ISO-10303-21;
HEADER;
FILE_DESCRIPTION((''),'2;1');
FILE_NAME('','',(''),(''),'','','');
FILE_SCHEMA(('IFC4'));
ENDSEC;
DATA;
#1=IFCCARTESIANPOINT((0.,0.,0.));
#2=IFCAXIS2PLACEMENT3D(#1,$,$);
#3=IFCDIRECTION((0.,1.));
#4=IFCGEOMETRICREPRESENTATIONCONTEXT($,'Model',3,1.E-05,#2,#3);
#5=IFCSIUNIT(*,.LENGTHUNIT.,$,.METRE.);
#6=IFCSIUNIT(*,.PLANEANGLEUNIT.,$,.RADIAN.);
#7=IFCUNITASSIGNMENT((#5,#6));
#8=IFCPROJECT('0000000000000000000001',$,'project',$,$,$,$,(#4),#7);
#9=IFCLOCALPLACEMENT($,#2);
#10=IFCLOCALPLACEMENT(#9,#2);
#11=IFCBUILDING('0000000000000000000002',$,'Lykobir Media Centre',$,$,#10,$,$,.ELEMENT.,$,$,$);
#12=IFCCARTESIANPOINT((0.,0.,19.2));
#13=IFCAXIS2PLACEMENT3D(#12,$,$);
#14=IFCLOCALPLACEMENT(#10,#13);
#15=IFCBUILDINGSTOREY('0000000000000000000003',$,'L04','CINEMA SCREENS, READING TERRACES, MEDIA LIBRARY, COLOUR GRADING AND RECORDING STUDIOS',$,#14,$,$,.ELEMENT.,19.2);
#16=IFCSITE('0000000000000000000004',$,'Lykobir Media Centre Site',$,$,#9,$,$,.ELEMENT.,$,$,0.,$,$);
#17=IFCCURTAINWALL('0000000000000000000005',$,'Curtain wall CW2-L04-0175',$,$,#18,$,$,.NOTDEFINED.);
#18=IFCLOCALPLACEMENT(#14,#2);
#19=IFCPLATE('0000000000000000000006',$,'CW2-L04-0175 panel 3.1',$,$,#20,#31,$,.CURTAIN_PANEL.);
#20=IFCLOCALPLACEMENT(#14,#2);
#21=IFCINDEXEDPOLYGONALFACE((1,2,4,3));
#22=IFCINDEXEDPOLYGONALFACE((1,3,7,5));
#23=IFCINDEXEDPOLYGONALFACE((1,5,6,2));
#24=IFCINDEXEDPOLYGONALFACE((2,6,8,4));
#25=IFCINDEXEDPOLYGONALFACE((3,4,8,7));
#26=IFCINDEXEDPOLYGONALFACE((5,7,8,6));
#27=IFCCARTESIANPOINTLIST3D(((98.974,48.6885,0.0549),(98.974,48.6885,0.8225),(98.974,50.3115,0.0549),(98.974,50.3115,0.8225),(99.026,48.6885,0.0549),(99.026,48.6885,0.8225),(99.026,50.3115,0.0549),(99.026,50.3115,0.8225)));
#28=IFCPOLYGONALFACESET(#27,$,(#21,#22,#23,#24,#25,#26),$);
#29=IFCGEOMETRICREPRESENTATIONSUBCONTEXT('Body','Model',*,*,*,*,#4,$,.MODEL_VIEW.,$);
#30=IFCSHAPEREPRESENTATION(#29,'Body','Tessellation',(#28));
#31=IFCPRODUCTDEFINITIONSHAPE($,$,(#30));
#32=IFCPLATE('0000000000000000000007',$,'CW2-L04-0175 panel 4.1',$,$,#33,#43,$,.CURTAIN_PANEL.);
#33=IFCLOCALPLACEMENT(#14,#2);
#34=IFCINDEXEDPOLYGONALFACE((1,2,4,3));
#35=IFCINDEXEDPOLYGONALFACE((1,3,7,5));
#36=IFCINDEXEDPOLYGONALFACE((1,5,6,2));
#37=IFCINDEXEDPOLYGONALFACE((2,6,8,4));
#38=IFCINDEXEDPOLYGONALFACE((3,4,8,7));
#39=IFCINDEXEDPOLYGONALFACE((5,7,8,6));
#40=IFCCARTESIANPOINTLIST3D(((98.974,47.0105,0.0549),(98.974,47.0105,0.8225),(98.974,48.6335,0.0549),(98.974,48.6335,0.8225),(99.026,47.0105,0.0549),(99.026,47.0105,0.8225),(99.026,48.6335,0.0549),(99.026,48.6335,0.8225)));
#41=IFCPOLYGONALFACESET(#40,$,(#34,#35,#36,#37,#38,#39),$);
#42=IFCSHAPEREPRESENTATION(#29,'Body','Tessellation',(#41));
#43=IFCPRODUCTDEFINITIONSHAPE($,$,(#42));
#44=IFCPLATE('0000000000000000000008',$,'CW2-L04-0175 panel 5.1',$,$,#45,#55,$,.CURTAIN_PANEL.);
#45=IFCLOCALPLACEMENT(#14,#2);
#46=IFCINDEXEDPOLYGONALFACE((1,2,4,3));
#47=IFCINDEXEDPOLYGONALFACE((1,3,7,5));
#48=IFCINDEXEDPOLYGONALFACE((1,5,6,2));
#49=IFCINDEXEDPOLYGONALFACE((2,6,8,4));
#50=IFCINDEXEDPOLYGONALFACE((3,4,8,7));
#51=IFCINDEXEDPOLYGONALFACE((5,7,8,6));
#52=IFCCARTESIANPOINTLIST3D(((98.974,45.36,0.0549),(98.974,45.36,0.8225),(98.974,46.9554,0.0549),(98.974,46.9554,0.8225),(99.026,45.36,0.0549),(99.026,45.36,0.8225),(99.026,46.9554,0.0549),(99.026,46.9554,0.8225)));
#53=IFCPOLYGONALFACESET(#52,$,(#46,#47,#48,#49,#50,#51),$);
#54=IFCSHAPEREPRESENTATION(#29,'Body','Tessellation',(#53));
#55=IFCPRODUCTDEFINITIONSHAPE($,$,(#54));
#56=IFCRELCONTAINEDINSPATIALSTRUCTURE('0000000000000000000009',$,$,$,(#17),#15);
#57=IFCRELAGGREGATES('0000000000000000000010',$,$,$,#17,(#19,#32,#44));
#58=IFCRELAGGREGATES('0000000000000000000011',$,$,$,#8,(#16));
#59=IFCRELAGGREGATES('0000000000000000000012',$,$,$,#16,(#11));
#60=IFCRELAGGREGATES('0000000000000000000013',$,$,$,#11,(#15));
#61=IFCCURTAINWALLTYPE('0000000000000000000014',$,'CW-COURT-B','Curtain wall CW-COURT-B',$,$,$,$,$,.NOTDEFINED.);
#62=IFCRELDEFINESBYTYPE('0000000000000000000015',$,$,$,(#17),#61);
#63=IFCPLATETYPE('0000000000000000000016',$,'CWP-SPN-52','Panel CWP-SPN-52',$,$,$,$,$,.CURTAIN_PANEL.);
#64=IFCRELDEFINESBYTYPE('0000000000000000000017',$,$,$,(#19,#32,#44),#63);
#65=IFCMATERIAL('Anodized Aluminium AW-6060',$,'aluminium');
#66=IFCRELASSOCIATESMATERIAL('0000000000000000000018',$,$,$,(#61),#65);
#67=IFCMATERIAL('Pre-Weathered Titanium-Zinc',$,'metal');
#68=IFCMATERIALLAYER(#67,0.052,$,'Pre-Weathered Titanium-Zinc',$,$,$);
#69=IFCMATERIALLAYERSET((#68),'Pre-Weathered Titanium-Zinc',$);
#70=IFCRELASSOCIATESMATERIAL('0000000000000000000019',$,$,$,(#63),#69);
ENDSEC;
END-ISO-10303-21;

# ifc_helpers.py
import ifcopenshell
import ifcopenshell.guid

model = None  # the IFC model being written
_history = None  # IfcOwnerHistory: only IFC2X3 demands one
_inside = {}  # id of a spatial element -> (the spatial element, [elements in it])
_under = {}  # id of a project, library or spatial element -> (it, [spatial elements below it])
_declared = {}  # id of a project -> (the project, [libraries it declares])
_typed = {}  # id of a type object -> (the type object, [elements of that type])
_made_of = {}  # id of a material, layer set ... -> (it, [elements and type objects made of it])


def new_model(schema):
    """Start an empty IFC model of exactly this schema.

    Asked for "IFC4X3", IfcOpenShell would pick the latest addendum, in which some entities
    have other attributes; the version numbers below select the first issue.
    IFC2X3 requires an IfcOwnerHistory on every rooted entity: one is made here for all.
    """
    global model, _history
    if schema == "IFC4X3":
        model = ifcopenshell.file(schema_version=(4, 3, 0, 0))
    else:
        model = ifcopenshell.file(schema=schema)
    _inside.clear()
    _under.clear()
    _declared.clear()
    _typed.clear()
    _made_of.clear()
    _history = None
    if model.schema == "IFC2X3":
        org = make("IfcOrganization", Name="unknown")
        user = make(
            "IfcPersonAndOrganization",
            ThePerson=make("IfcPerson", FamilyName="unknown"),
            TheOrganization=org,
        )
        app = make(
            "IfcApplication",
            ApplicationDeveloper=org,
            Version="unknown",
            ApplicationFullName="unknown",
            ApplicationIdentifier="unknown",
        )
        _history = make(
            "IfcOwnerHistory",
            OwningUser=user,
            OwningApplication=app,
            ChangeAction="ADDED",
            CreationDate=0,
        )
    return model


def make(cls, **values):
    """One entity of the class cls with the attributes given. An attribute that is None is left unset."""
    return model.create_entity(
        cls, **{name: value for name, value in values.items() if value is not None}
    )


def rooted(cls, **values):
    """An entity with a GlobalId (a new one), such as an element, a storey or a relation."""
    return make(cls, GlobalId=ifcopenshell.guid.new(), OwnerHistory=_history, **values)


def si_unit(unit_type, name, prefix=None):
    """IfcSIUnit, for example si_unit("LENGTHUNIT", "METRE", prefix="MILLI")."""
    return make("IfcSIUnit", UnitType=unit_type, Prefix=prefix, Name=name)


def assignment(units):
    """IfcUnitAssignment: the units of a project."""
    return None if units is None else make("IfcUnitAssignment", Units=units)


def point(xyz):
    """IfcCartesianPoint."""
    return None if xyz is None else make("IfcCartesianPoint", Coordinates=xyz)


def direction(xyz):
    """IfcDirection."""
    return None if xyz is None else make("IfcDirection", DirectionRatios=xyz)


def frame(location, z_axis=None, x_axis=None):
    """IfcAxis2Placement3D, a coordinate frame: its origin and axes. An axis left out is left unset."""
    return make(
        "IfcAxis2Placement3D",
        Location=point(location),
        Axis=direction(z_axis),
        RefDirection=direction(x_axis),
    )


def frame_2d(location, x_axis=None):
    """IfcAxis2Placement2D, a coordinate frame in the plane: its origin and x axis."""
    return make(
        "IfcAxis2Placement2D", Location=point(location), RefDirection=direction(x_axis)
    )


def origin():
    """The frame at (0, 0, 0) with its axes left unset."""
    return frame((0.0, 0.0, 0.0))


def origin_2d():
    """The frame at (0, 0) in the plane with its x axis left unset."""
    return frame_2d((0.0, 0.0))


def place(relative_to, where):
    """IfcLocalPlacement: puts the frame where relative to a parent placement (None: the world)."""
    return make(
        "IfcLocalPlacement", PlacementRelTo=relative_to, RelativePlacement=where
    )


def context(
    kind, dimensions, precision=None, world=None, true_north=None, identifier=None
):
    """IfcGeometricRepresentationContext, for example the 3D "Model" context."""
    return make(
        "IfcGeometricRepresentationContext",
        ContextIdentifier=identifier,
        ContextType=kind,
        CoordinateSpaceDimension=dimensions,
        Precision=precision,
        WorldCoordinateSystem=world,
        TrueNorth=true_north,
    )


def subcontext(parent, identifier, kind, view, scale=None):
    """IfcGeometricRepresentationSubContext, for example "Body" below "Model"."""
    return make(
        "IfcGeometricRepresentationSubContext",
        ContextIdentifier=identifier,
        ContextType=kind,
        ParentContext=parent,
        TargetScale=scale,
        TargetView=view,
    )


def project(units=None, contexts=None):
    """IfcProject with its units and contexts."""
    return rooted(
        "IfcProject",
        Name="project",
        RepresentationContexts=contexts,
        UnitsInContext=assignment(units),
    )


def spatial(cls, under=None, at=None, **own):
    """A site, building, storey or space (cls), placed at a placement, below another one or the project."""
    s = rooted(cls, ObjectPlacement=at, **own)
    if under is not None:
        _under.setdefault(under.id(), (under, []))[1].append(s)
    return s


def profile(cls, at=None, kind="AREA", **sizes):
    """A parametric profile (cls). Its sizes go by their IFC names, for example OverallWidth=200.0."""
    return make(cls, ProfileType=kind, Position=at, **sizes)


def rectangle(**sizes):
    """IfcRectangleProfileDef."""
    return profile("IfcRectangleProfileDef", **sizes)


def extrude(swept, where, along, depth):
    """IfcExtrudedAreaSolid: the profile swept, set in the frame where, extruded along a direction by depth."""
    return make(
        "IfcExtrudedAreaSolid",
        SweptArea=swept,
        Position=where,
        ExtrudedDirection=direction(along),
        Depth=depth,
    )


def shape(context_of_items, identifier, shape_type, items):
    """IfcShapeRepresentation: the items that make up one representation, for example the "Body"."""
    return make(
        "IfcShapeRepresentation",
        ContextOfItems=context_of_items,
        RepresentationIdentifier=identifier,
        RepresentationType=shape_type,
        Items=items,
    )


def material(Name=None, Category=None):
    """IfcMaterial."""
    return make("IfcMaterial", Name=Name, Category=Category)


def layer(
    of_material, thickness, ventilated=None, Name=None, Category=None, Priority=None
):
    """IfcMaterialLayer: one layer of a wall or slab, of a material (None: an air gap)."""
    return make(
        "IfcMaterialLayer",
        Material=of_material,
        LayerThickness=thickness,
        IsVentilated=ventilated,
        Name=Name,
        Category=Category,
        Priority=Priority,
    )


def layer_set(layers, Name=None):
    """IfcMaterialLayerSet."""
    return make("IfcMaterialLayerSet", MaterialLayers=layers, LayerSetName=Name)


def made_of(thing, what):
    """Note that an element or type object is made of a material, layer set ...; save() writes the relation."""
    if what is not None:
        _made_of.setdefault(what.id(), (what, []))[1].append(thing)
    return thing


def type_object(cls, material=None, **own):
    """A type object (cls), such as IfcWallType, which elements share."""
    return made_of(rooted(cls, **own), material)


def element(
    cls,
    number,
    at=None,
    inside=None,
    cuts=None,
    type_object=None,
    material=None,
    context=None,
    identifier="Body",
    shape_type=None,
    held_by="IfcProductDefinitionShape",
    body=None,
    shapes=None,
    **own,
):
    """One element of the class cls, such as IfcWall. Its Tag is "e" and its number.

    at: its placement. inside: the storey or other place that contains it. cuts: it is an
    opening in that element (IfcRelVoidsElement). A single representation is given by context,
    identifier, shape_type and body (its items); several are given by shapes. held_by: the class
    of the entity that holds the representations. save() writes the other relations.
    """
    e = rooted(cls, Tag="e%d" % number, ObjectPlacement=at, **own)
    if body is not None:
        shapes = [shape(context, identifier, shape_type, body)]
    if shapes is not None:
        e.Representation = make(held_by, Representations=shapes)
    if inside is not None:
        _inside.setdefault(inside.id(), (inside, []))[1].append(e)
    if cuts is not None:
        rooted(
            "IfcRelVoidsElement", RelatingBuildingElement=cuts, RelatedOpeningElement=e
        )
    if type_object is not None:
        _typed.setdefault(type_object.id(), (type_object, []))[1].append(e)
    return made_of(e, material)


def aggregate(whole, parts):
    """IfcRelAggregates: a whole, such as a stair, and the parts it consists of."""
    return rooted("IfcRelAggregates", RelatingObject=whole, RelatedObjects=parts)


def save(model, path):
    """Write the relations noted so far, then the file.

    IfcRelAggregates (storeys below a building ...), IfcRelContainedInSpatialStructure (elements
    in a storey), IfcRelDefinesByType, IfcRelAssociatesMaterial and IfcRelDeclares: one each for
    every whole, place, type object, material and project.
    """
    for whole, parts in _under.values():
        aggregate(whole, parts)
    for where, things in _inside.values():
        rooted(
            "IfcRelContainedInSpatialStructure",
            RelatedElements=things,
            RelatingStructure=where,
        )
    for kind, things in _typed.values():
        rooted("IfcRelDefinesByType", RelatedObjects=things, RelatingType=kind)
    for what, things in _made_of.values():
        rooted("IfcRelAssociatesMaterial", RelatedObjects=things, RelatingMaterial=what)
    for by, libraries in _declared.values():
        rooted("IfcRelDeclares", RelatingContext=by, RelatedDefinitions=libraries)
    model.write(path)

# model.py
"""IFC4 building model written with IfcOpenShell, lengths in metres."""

from ifc_helpers import new_model, si_unit, direction, frame, origin, origin_2d, place, context, subcontext, project, spatial, rectangle, extrude, material, layer, layer_set, type_object, element, aggregate, save


model = new_model("IFC4")

# Units and contexts
model_context = context("Model", 3, precision=1e-05, world=origin(), true_north=direction((0.0, 1.0)))
body_context = subcontext(model_context, "Body", "Model", "MODEL_VIEW")
ifc_project = project(units=[si_unit("LENGTHUNIT", "METRE"), si_unit("PLANEANGLEUNIT", "RADIAN")], contexts=[model_context])

# Site, building, storey
site_placement = place(None, origin())
site = spatial("IfcSite", under=ifc_project, at=site_placement, Name="Lykobir Media Centre Site", CompositionType="ELEMENT", RefElevation=0.0)
building_placement = place(site_placement, origin())
building = spatial("IfcBuilding", under=site, at=building_placement, Name="Lykobir Media Centre", CompositionType="ELEMENT")
storey_placement = place(building_placement, frame((0.0, 0.0, 19.2)))
storey = spatial("IfcBuildingStorey", under=building, at=storey_placement, Name="L04", Description="CINEMA SCREENS, READING TERRACES, MEDIA LIBRARY, COLOUR GRADING AND RECORDING STUDIOS", CompositionType="ELEMENT", Elevation=19.2)

# Curtain wall
ifc_material_1 = material(Name="Anodized Aluminium AW-6060", Category="aluminium")
curtain_wall_type = type_object("IfcCurtainWallType", Name="CW-COURT-B", Description="Curtain wall CW-COURT-B", PredefinedType="NOTDEFINED", material=ifc_material_1)
curtain_wall_placement = place(storey_placement, origin())
curtain_wall = element("IfcCurtainWall", 1, at=curtain_wall_placement, inside=storey, type_object=curtain_wall_type, Name="Curtain wall CW2-L04-0175", PredefinedType="NOTDEFINED")

# Plates
ifc_material_2 = material(Name="Pre-Weathered Titanium-Zinc", Category="metal")
ifc_layer_1 = layer(ifc_material_2, 0.052, Name="Pre-Weathered Titanium-Zinc")
ifc_layer_set_1 = layer_set([ifc_layer_1], Name="Pre-Weathered Titanium-Zinc")
plate_type_1 = type_object("IfcPlateType", Name="CWP-SPN-52", Description="Panel CWP-SPN-52", PredefinedType="CURTAIN_PANEL", material=ifc_layer_set_1)
plate_1_placement = place(storey_placement, frame((99.0, 49.5, 0.0549), z_axis=(0.0, 0.0, 1.0), x_axis=(0.0, -1.0, 0.0)))
plate_1 = element("IfcPlate", 2, at=plate_1_placement, type_object=plate_type_1, Name="CW2-L04-0175 panel 3.1", PredefinedType="CURTAIN_PANEL", context=body_context, shape_type="SweptSolid", body=[
    extrude(rectangle(XDim=1.623, YDim=0.052, at=origin_2d()), origin(), (0.0, 0.0, 1.0), 0.7676),
])
plate_2_placement = place(storey_placement, frame((99.0, 47.822, 0.0549), z_axis=(0.0, 0.0, 1.0), x_axis=(0.0, -1.0, 0.0)))
plate_2 = element("IfcPlate", 3, at=plate_2_placement, type_object=plate_type_1, Name="CW2-L04-0175 panel 4.1", PredefinedType="CURTAIN_PANEL", context=body_context, shape_type="SweptSolid", body=[
    extrude(rectangle(XDim=1.623, YDim=0.052, at=origin_2d()), origin(), (0.0, 0.0, 1.0), 0.7676),
])
plate_3_placement = place(storey_placement, frame((99.0, 46.1577, 0.0549), z_axis=(0.0, 0.0, 1.0), x_axis=(0.0, -1.0, 0.0)))
plate_3 = element("IfcPlate", 4, at=plate_3_placement, type_object=plate_type_1, Name="CW2-L04-0175 panel 5.1", PredefinedType="CURTAIN_PANEL", context=body_context, shape_type="SweptSolid", body=[
    extrude(rectangle(XDim=1.5955, YDim=0.052, at=origin_2d()), origin(), (0.0, 0.0, 1.0), 0.7676),
])
aggregate(curtain_wall, [plate_1, plate_2, plate_3])

save(model, "model.ifc")
